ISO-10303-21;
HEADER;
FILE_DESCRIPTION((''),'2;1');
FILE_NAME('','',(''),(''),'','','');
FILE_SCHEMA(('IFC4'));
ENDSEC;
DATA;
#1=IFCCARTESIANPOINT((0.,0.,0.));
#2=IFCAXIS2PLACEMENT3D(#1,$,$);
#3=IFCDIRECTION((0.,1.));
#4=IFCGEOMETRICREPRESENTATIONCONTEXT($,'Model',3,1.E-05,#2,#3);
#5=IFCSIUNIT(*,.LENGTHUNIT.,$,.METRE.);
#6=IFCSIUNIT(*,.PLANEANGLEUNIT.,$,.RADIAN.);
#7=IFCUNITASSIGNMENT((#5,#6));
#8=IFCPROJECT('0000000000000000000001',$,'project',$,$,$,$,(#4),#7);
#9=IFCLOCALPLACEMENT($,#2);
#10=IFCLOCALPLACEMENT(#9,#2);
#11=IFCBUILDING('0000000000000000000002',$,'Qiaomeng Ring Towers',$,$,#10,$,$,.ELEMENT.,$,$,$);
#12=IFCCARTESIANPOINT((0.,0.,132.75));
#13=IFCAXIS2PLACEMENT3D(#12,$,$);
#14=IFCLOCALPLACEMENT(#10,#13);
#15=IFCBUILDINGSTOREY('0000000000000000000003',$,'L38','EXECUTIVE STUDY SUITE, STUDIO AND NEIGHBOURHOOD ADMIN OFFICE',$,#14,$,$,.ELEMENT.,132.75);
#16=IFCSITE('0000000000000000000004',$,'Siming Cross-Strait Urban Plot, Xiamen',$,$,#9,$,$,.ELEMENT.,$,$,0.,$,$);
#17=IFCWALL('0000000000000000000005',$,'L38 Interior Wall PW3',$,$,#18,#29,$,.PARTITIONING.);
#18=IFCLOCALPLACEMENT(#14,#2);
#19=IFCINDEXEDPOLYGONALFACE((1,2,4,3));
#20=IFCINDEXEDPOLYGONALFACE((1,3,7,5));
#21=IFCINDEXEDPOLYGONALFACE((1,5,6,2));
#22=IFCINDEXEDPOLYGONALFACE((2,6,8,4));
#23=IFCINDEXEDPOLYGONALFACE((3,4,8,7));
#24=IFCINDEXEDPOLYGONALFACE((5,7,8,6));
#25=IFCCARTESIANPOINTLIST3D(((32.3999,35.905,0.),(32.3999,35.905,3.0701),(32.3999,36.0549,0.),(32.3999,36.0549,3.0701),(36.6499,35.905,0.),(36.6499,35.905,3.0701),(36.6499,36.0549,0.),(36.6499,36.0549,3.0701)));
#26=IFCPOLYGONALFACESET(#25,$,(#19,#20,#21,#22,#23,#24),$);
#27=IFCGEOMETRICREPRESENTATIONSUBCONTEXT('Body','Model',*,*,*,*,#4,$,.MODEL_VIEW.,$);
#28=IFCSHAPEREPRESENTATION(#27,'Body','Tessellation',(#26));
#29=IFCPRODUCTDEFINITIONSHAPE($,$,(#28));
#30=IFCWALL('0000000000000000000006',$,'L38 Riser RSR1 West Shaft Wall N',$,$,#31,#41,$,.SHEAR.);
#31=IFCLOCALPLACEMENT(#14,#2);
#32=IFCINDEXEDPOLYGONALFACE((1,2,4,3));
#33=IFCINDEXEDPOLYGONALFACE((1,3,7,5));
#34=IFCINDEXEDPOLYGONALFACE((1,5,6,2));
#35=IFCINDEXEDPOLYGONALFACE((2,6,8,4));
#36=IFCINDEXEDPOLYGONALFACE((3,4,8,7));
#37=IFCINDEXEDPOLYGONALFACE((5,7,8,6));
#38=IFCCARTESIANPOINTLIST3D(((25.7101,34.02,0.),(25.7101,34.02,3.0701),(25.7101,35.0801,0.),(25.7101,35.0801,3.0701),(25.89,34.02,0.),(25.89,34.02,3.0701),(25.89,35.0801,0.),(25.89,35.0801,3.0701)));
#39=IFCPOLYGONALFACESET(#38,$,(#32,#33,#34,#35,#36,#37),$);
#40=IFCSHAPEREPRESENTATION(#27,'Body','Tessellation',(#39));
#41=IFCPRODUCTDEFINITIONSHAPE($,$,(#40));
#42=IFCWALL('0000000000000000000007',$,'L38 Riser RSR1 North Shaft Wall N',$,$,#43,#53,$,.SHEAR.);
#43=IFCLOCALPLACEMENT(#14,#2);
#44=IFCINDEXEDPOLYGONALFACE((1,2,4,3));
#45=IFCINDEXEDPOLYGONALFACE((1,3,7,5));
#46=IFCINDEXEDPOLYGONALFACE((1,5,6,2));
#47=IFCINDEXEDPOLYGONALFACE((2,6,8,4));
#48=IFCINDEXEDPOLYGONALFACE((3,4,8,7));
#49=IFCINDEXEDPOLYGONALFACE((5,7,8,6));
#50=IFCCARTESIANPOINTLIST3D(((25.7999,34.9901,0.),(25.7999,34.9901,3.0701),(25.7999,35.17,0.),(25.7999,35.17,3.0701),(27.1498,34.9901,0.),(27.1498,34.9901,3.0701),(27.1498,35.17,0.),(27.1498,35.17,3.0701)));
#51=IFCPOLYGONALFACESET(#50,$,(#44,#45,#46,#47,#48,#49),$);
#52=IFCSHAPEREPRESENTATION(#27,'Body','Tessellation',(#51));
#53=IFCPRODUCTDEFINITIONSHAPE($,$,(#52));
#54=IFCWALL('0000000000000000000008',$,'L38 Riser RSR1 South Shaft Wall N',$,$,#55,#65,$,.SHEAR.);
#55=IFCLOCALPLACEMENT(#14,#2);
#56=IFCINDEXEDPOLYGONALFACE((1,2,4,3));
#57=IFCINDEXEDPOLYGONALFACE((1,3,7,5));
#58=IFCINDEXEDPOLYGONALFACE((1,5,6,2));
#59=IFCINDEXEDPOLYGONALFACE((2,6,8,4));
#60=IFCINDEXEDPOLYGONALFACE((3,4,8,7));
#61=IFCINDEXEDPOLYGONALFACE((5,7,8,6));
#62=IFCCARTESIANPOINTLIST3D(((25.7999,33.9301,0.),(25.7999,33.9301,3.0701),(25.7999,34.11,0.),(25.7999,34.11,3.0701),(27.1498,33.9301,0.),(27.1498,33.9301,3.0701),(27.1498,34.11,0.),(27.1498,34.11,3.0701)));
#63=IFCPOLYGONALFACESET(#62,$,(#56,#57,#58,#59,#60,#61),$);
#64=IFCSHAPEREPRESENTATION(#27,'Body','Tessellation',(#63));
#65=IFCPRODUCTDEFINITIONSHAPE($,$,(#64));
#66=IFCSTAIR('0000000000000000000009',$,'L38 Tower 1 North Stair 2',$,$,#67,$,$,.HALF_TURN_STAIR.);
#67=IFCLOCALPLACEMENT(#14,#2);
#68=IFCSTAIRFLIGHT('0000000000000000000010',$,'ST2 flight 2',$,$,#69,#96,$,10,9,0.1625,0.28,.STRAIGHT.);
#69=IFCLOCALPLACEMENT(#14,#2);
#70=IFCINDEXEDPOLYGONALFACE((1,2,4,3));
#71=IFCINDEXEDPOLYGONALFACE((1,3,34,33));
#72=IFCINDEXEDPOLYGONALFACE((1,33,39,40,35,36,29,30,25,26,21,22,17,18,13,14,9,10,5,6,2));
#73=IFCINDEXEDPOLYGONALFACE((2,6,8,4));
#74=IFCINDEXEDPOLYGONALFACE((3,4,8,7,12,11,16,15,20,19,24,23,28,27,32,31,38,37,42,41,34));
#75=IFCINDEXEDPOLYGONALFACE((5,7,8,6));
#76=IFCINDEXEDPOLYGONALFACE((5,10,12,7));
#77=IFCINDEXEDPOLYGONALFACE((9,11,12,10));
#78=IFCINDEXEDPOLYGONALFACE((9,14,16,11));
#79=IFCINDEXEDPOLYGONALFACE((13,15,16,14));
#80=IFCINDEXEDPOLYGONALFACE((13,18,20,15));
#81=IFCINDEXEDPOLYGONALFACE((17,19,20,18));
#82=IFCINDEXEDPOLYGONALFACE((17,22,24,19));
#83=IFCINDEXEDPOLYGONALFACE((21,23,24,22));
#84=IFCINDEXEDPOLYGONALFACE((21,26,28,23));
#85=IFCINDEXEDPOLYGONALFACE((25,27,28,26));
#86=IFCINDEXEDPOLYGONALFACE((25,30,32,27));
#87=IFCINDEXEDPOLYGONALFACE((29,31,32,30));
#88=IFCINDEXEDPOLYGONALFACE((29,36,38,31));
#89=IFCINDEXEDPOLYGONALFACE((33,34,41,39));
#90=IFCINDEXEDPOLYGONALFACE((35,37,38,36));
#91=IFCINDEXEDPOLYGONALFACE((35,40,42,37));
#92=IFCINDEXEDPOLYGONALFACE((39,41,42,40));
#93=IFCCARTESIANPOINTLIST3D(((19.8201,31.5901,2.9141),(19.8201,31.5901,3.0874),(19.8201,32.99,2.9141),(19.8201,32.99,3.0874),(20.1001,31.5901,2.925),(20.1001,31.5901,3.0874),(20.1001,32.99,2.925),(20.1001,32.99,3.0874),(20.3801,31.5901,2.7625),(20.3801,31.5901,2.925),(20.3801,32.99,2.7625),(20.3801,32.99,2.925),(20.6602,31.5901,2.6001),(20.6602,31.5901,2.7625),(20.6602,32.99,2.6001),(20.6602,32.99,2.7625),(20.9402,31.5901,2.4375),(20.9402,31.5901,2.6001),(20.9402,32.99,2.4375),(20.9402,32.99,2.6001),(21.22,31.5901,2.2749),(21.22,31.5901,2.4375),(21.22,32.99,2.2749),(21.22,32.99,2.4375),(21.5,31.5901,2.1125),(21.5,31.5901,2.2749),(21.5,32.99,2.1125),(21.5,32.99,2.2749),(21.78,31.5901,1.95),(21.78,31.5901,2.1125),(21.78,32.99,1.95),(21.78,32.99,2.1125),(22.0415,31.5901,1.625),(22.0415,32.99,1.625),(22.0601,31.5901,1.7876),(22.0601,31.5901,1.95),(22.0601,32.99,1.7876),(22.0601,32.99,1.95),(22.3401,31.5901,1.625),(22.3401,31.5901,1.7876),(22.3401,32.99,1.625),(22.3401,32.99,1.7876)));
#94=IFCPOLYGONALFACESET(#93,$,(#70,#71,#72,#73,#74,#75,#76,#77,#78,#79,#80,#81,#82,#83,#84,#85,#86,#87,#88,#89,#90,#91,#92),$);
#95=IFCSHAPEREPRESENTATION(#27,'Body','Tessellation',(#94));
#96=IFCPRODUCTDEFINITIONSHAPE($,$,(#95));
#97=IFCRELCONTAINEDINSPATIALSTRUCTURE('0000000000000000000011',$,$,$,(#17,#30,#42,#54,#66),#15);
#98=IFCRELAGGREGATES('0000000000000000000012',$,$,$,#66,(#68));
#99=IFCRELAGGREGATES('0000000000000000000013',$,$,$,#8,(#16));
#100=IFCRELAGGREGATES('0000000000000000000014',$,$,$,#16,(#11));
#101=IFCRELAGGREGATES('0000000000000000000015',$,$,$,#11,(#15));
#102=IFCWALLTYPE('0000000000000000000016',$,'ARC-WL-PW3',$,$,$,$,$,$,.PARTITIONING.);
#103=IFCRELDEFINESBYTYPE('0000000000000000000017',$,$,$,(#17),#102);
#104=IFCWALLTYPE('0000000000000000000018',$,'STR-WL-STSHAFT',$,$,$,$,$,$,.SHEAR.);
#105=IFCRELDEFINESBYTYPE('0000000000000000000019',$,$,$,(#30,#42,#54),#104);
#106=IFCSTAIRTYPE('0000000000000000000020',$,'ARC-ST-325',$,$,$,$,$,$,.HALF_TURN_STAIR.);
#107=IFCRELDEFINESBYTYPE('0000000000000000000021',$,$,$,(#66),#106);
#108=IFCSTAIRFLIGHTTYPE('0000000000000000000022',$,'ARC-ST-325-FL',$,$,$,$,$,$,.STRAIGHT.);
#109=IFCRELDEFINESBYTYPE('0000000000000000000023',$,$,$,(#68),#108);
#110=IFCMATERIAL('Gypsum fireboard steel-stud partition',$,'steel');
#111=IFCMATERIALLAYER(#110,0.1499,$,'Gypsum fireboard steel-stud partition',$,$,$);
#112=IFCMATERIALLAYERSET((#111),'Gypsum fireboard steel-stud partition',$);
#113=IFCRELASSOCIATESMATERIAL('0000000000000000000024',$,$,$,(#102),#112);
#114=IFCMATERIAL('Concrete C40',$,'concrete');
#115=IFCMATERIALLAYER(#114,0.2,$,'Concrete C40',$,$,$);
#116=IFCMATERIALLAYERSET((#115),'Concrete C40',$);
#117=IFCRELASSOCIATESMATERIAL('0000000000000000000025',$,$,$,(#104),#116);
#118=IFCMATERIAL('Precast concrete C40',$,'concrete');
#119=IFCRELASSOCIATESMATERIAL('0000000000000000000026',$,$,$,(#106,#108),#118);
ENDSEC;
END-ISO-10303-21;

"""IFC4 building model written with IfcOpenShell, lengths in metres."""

from ifc_helpers import new_model, si_unit, direction, frame, frame_2d, origin, place, context, subcontext, project, spatial, polyline, rectangle, outline, extrude, source, transform, mapped, material, layer, layer_set, type_object, element, aggregate, save


model = new_model("IFC4")

# Units and contexts
model_context = context("Model", 3, precision=1e-05, world=origin(), true_north=direction((0.0, 1.0)))
body_context = subcontext(model_context, "Body", "Model", "MODEL_VIEW")
ifc_project = project(units=[si_unit("LENGTHUNIT", "METRE"), si_unit("PLANEANGLEUNIT", "RADIAN")], contexts=[model_context])

# Site, building, storey
site_placement = place(None, origin())
site = spatial("IfcSite", under=ifc_project, at=site_placement, Name="Siming Cross-Strait Urban Plot, Xiamen", CompositionType="ELEMENT", RefElevation=0.0)
building_placement = place(site_placement, origin())
building = spatial("IfcBuilding", under=site, at=building_placement, Name="Qiaomeng Ring Towers", CompositionType="ELEMENT")
storey_placement = place(building_placement, frame((0.0, 0.0, 132.75)))
storey = spatial("IfcBuildingStorey", under=building, at=storey_placement, Name="L38", Description="EXECUTIVE STUDY SUITE, STUDIO AND NEIGHBOURHOOD ADMIN OFFICE", CompositionType="ELEMENT", Elevation=132.75)

# Walls
ifc_material_1 = material(Name="Gypsum fireboard steel-stud partition", Category="steel")
ifc_layer_1 = layer(ifc_material_1, 0.1499, Name="Gypsum fireboard steel-stud partition")
ifc_layer_set_1 = layer_set([ifc_layer_1], Name="Gypsum fireboard steel-stud partition")
wall_type_1 = type_object("IfcWallType", Name="ARC-WL-PW3", PredefinedType="PARTITIONING", material=ifc_layer_set_1)
wall_1_placement = place(storey_placement, frame((32.3999, 35.98, 0.0), z_axis=(0.0, 0.0, 1.0), x_axis=(1.0, 0.0, 0.0)))
element("IfcWall", 1, at=wall_1_placement, inside=storey, type_object=wall_type_1, Name="L38 Interior Wall PW3", PredefinedType="PARTITIONING", context=body_context, shape_type="SweptSolid", body=[
    extrude(rectangle(XDim=4.25, YDim=0.1499, at=frame_2d((2.125, 0.0))), origin(), (0.0, 0.0, 1.0), 3.0701),
])
ifc_material_2 = material(Name="Concrete C40", Category="concrete")
ifc_layer_2 = layer(ifc_material_2, 0.2, Name="Concrete C40")
ifc_layer_set_2 = layer_set([ifc_layer_2], Name="Concrete C40")
wall_type_2 = type_object("IfcWallType", Name="STR-WL-STSHAFT", PredefinedType="SHEAR", material=ifc_layer_set_2)
wall_2_placement = place(storey_placement, frame((25.8, 34.02, 0.0), z_axis=(0.0, 0.0, 1.0), x_axis=(0.0, 1.0, 0.0)))
element("IfcWall", 2, at=wall_2_placement, inside=storey, type_object=wall_type_2, Name="L38 Riser RSR1 West Shaft Wall N", PredefinedType="SHEAR", context=body_context, shape_type="SweptSolid", body=[
    extrude(rectangle(XDim=1.0601, YDim=0.1799, at=frame_2d((0.53, 0.0))), origin(), (0.0, 0.0, 1.0), 3.0701),
])
for number, where, z_axis, x_axis, name in (
    (3, (25.8, 35.0801, 0.0), (0.0, 0.0, 1.0), (1.0, 0.0, 0.0), "L38 Riser RSR1 North Shaft Wall N"),
    (4, (25.8, 34.02, 0.0), (0.0, 0.0, 1.0), (1.0, 0.0, 0.0), "L38 Riser RSR1 South Shaft Wall N"),
):
    element("IfcWall", number, at=place(storey_placement, frame(where, z_axis=z_axis, x_axis=x_axis)), inside=storey, type_object=wall_type_2, Name=name, PredefinedType="SHEAR", context=body_context, shape_type="SweptSolid", body=[
        extrude(rectangle(XDim=1.3499, YDim=0.1799, at=frame_2d((0.6748, 0.0))), origin(), (0.0, 0.0, 1.0), 3.0701),
    ])

# Stair, stair flight
ifc_material_3 = material(Name="Precast concrete C40", Category="concrete")
stair_type = type_object("IfcStairType", Name="ARC-ST-325", PredefinedType="HALF_TURN_STAIR", material=ifc_material_3)
stair_placement = place(storey_placement, origin())
stair = element("IfcStair", 5, at=stair_placement, inside=storey, type_object=stair_type, Name="L38 Tower 1 North Stair 2", PredefinedType="HALF_TURN_STAIR")
stair_flight_type = type_object("IfcStairFlightType", Name="ARC-ST-325-FL", PredefinedType="STRAIGHT", material=ifc_material_3)
shared_shape_1 = source(origin(), body_context, "Body", "SweptSolid", [
    extrude(outline(polyline([(0.0, 0.0), (0.0, 0.1626), (0.28, 0.1626), (0.28, 0.325), (0.5601, 0.325), (0.5601, 0.4875), (0.8401, 0.4875), (0.8401, 0.6499), (1.1201, 0.6499), (1.1201, 0.8125), (1.3999, 0.8125), (1.3999, 0.9751), (1.6799, 0.9751), (1.6799, 1.1375), (1.96, 1.1375), (1.96, 1.3), (2.24, 1.3), (2.24, 1.4624), (2.52, 1.4624), (2.52, 1.625), (2.52, 1.2891), (0.2986, 0.0), (0.0, 0.0)])), frame((0.0, 0.7, 0.0), z_axis=(0.0, -1.0, 0.0), x_axis=(1.0, 0.0, 0.0)), (0.0, 0.0, 1.0), 1.3999),
])
stair_flight_placement = place(storey_placement, frame((22.3401, 32.29, 1.625), z_axis=(0.0, 0.0, 1.0), x_axis=(-1.0, 0.0, 0.0)))
stair_flight = element("IfcStairFlight", 6, at=stair_flight_placement, type_object=stair_flight_type, Name="ST2 flight 2", NumberOfRisers=10, NumberOfTreads=9, PredefinedType="STRAIGHT", RiserHeight=0.1625, TreadLength=0.28, context=body_context, shape_type="MappedRepresentation", body=[
    mapped(shared_shape_1, transform((0.0, 0.0, 0.0), x_axis=(1.0, 0.0, 0.0), y_axis=(0.0, 1.0, 0.0), z_axis=(0.0, 0.0, 1.0), scale=1.0)),
])
aggregate(stair, [stair_flight])

save(model, "model.ifc")
